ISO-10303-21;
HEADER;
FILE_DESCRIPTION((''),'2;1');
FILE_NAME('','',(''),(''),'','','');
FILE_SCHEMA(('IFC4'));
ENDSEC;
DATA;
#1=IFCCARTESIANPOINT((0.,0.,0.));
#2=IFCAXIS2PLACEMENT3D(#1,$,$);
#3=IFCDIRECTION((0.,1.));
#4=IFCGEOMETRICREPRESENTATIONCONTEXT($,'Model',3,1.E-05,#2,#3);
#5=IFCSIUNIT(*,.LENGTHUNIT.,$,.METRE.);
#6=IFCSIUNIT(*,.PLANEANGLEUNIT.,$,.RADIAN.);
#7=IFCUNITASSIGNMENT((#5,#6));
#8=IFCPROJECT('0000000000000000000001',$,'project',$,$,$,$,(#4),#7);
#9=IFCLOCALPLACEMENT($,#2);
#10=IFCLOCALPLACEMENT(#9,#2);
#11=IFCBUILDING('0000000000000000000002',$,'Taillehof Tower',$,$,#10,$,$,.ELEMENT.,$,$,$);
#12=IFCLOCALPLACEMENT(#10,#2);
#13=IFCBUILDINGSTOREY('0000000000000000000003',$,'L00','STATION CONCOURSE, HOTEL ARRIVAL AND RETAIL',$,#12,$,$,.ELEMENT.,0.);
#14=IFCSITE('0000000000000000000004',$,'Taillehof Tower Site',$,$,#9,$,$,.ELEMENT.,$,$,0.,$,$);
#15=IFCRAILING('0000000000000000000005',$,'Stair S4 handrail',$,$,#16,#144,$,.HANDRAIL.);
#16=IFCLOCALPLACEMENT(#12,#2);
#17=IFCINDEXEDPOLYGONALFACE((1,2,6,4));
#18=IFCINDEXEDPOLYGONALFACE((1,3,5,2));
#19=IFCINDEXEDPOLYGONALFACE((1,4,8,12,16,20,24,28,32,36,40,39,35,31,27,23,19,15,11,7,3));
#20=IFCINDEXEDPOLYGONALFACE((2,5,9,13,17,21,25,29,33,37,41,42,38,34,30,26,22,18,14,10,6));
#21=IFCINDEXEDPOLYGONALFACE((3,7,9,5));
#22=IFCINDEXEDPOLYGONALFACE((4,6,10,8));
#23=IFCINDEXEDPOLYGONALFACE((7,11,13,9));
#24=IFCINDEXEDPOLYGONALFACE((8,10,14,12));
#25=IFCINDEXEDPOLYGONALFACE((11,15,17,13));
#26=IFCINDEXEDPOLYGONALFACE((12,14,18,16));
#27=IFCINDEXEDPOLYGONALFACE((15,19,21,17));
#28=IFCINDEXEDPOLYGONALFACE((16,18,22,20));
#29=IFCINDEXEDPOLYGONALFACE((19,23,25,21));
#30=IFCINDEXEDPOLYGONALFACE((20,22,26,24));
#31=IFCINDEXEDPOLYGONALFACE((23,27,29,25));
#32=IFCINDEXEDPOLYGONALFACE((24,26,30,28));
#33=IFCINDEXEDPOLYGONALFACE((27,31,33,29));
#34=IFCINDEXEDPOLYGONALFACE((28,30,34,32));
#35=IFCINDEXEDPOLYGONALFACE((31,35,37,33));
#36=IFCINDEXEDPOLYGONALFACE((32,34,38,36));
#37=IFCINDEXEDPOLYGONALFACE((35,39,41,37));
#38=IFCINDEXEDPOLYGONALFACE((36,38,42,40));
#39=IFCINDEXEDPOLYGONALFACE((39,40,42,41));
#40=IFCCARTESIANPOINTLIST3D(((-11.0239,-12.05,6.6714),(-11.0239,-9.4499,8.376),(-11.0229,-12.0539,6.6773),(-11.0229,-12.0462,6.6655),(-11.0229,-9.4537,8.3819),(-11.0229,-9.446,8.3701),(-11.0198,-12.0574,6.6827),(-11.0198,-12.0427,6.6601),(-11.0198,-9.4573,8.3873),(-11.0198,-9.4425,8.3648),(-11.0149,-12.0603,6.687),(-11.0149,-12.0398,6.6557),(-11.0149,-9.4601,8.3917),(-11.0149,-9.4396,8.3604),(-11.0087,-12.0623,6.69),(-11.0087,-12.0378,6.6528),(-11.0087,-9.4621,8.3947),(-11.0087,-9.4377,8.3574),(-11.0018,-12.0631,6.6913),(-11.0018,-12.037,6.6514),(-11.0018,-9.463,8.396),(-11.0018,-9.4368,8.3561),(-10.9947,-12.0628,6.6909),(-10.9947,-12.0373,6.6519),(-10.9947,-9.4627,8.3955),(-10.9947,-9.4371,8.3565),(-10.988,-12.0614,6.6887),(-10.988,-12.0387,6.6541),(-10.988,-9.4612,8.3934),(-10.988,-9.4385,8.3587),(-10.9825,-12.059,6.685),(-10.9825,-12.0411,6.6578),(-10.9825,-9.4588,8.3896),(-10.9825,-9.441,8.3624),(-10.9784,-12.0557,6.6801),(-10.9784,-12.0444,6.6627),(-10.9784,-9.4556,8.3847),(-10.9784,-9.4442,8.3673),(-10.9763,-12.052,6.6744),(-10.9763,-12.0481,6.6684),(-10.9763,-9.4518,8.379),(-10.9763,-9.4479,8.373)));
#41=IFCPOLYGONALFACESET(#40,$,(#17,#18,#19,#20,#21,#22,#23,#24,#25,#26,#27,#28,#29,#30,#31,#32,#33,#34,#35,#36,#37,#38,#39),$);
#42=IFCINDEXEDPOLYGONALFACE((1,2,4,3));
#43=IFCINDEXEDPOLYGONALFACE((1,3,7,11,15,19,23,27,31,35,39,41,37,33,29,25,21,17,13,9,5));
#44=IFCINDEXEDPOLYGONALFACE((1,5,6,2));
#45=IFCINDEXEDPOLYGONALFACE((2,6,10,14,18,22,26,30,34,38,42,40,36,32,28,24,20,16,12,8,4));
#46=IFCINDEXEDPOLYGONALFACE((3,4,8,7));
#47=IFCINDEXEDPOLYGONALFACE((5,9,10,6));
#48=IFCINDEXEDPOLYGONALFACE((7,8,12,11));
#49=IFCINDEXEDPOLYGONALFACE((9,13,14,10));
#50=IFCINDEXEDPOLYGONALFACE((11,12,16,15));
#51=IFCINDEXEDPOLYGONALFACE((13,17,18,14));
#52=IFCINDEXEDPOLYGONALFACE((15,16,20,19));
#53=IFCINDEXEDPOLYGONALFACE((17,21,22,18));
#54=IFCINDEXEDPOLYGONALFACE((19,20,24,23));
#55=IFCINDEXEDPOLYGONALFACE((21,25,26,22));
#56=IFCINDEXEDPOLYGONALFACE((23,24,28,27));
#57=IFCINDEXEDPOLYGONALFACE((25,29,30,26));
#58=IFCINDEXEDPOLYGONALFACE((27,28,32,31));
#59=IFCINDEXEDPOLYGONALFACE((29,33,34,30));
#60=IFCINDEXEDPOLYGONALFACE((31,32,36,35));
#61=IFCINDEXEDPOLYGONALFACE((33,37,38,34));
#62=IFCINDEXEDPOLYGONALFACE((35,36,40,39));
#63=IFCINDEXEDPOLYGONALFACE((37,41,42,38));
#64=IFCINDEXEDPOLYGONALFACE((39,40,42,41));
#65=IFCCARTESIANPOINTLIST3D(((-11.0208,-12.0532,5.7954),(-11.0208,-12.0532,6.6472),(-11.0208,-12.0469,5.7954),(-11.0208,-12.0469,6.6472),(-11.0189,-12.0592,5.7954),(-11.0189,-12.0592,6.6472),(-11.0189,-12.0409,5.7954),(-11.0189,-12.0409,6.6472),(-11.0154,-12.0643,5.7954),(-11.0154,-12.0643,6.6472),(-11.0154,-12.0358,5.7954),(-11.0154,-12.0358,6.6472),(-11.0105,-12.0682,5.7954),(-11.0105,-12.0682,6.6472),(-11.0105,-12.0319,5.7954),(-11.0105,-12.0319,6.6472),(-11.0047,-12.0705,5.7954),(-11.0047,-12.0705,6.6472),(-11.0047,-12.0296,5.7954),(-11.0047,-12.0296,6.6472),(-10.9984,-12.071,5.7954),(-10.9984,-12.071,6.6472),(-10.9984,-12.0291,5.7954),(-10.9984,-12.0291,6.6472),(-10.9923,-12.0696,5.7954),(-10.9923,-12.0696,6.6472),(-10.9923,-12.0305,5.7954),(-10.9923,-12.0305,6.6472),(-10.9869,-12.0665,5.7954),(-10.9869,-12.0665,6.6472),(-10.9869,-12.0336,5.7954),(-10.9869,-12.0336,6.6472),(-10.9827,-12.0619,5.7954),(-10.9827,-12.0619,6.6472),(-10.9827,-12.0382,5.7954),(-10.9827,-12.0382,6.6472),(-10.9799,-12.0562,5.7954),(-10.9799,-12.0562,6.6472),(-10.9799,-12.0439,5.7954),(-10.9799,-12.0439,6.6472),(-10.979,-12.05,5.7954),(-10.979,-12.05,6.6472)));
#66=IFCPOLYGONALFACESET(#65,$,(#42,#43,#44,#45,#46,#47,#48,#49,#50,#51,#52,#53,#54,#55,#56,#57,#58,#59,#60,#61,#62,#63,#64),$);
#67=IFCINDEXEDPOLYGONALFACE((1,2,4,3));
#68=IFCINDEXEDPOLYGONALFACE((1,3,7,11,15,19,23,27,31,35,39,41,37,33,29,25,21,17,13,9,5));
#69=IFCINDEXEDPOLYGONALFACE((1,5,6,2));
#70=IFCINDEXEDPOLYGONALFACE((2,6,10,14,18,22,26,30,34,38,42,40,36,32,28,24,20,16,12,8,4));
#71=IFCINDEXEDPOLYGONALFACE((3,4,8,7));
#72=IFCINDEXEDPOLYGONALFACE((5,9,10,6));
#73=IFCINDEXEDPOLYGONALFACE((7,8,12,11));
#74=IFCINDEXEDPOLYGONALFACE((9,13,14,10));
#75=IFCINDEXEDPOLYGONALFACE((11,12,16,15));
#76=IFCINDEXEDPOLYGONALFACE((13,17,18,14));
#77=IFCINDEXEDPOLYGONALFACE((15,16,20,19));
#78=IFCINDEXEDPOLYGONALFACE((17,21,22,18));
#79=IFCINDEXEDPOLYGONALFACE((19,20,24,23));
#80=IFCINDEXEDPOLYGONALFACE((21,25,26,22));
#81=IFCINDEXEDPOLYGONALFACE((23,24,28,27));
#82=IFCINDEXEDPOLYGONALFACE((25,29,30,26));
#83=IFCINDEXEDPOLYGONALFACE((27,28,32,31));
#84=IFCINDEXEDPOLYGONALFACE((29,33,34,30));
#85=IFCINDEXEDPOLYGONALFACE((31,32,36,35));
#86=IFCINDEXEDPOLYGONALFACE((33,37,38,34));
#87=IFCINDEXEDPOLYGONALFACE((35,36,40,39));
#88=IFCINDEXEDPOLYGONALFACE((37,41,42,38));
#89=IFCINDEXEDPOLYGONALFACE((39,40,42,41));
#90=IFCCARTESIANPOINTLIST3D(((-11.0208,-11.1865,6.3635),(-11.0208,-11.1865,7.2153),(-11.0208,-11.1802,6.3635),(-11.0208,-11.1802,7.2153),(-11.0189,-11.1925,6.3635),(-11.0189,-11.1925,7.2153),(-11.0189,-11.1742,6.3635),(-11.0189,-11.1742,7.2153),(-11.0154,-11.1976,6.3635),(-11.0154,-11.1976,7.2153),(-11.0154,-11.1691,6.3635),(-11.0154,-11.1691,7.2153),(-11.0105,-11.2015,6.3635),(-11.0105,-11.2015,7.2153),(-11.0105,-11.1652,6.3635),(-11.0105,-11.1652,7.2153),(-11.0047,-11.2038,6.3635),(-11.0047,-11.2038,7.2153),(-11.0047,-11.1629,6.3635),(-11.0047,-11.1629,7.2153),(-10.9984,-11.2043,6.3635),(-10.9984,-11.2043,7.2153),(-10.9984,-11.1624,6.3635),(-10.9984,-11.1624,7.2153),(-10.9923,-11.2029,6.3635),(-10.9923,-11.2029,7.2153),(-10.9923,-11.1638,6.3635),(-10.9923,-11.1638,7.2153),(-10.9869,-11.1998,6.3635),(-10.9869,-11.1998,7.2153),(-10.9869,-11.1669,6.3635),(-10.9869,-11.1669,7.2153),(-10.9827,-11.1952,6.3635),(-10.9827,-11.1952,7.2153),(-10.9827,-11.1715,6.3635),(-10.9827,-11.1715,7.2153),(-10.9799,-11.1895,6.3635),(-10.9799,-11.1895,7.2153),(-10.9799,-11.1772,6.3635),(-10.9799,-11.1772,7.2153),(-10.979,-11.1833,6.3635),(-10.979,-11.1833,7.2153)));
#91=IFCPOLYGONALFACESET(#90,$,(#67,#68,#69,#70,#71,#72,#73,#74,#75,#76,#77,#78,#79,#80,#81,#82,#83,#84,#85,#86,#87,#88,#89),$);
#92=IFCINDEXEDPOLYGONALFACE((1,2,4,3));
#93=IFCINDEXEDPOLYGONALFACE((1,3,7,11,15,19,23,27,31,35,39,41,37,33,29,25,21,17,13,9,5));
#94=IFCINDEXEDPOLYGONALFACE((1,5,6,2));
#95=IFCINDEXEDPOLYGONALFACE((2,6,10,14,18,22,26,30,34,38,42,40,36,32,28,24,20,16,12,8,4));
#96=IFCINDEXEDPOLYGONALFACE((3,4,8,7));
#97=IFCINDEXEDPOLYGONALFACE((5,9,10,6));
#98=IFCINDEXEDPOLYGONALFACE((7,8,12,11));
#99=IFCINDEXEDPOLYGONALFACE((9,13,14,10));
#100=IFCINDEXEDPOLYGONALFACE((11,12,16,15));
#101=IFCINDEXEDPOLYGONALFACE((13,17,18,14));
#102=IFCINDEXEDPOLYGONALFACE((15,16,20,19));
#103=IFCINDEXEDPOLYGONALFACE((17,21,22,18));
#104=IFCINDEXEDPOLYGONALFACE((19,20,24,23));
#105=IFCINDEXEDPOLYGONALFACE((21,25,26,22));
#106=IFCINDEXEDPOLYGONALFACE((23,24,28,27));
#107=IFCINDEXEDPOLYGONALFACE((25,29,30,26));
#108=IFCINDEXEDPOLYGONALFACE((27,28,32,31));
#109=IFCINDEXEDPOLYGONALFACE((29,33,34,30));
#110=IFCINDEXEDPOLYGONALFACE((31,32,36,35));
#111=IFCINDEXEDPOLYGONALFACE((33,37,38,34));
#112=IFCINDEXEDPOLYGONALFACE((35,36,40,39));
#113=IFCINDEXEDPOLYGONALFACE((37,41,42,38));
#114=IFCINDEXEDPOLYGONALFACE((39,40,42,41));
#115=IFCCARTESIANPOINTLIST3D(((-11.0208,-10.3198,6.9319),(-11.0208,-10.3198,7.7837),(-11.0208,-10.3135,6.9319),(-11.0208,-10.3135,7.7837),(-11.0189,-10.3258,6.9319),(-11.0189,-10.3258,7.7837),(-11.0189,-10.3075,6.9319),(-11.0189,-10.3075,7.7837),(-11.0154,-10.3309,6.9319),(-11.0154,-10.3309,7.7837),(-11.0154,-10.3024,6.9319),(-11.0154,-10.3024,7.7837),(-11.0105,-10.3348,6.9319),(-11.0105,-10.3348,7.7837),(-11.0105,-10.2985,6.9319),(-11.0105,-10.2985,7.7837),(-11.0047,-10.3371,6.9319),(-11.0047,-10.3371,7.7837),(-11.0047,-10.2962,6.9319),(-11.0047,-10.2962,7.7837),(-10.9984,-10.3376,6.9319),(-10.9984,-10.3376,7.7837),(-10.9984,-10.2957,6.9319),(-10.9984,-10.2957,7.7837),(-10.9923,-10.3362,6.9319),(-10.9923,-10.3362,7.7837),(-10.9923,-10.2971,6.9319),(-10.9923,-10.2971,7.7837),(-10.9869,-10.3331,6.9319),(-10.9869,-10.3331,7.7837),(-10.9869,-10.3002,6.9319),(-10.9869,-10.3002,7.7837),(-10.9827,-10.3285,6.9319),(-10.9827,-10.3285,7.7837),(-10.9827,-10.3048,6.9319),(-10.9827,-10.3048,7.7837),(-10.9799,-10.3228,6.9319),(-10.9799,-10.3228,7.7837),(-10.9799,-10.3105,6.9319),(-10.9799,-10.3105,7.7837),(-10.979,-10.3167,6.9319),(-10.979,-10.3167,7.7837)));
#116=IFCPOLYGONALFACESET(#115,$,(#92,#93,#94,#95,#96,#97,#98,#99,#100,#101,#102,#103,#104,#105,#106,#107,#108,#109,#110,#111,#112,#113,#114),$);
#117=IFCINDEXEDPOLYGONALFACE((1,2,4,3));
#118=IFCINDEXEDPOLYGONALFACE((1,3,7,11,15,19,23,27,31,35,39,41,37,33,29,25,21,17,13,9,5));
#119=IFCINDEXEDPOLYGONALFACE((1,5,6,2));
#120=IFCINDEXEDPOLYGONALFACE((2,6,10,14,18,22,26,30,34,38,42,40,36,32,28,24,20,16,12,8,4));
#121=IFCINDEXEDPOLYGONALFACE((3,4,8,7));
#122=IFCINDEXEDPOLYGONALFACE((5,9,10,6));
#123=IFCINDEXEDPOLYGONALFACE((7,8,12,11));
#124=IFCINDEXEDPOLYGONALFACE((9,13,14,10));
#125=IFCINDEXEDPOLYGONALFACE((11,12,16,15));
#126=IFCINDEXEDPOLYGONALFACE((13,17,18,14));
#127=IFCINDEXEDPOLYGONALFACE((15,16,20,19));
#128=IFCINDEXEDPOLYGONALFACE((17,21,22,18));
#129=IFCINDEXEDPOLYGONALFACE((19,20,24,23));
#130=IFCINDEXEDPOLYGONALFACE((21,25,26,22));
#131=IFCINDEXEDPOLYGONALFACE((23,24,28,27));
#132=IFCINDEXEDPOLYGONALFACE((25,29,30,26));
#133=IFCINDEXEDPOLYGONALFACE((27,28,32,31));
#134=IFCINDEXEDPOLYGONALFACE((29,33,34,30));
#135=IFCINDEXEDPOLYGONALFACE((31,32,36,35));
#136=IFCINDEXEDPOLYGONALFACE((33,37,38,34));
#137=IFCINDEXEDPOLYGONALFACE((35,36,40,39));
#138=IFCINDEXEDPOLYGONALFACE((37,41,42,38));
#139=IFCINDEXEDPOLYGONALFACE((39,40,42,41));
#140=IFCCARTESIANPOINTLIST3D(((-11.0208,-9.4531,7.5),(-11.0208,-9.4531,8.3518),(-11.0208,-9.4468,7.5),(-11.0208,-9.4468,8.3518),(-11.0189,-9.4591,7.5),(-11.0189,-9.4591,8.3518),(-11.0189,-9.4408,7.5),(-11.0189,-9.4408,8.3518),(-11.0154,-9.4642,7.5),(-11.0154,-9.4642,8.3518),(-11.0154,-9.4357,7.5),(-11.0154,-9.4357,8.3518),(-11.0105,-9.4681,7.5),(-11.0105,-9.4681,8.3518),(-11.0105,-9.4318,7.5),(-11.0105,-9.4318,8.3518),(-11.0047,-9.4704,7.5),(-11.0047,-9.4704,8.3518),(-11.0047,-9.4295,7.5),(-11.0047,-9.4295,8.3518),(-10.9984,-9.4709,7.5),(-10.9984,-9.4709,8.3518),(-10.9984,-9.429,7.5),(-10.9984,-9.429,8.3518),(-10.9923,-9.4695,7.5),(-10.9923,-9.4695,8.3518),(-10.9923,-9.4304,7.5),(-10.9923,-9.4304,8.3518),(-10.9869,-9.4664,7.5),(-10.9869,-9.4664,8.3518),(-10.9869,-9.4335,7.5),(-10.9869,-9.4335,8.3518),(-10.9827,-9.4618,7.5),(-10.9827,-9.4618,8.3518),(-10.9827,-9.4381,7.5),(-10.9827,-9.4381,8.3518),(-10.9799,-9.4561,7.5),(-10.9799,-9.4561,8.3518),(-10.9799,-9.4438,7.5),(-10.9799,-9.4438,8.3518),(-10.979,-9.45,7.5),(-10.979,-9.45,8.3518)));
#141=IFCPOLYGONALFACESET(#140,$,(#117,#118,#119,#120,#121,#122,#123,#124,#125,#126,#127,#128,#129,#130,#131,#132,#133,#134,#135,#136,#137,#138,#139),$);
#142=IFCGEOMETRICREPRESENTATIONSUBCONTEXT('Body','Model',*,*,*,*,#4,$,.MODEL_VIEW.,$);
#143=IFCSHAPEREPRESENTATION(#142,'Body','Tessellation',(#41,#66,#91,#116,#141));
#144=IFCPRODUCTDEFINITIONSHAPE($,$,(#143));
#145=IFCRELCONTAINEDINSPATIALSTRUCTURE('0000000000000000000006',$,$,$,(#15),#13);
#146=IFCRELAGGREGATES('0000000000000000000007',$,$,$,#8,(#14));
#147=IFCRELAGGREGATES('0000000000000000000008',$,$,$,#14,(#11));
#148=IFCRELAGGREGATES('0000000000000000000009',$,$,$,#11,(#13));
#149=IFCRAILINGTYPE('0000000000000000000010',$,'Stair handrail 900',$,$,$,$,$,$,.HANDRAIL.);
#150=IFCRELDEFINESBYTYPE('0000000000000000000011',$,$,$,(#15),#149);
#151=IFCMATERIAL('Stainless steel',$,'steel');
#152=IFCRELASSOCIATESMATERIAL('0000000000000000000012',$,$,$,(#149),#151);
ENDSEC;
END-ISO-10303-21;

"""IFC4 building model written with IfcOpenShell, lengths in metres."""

from ifc_helpers import new_model, si_unit, direction, frame, origin, origin_2d, place, context, subcontext, project, spatial, circle, extrude, material, type_object, element, save


model = new_model("IFC4")

# Units and contexts
model_context = context("Model", 3, precision=1e-05, world=origin(), true_north=direction((0.0, 1.0)))
body_context = subcontext(model_context, "Body", "Model", "MODEL_VIEW")
ifc_project = project(units=[si_unit("LENGTHUNIT", "METRE"), si_unit("PLANEANGLEUNIT", "RADIAN")], contexts=[model_context])

# Site, building, storey
site_placement = place(None, origin())
site = spatial("IfcSite", under=ifc_project, at=site_placement, Name="Taillehof Tower Site", CompositionType="ELEMENT", RefElevation=0.0)
building_placement = place(site_placement, origin())
building = spatial("IfcBuilding", under=site, at=building_placement, Name="Taillehof Tower", CompositionType="ELEMENT")
storey_placement = place(building_placement, origin())
storey = spatial("IfcBuildingStorey", under=building, at=storey_placement, Name="L00", Description="STATION CONCOURSE, HOTEL ARRIVAL AND RETAIL", CompositionType="ELEMENT", Elevation=0.0)

# Railing
ifc_material_1 = material(Name="Stainless steel", Category="steel")
railing_type_1 = type_object("IfcRailingType", Name="Stair handrail 900", PredefinedType="HANDRAIL", material=ifc_material_1)
for number, where, name in (
    (1, (-11.0, -12.05, 5.7954), "Stair S4 handrail"),
):
    element("IfcRailing", number, at=place(storey_placement, frame(where)), inside=storey, type_object=railing_type_1, Name=name, PredefinedType="HANDRAIL", context=body_context, shape_type="SweptSolid", body=[
        extrude(circle(Radius=0.0239, at=origin_2d()), frame((0.0, 0.0, 0.876), z_axis=(0.0, 0.836302, 0.548269), x_axis=(-1.0, 0.0, 0.0)), (0.0, 0.0, 1.0), 3.1091),
        extrude(circle(Radius=0.021, at=origin_2d()), origin(), (0.0, 0.0, 1.0), 0.8518),
        extrude(circle(Radius=0.021, at=origin_2d()), frame((0.0, 0.8667, 0.5681)), (0.0, 0.0, 1.0), 0.8518),
        extrude(circle(Radius=0.021, at=origin_2d()), frame((0.0, 1.7334, 1.1365)), (0.0, 0.0, 1.0), 0.8518),
        extrude(circle(Radius=0.021, at=origin_2d()), frame((0.0, 2.6001, 1.7046)), (0.0, 0.0, 1.0), 0.8518),
    ])

save(model, "model.ifc")
